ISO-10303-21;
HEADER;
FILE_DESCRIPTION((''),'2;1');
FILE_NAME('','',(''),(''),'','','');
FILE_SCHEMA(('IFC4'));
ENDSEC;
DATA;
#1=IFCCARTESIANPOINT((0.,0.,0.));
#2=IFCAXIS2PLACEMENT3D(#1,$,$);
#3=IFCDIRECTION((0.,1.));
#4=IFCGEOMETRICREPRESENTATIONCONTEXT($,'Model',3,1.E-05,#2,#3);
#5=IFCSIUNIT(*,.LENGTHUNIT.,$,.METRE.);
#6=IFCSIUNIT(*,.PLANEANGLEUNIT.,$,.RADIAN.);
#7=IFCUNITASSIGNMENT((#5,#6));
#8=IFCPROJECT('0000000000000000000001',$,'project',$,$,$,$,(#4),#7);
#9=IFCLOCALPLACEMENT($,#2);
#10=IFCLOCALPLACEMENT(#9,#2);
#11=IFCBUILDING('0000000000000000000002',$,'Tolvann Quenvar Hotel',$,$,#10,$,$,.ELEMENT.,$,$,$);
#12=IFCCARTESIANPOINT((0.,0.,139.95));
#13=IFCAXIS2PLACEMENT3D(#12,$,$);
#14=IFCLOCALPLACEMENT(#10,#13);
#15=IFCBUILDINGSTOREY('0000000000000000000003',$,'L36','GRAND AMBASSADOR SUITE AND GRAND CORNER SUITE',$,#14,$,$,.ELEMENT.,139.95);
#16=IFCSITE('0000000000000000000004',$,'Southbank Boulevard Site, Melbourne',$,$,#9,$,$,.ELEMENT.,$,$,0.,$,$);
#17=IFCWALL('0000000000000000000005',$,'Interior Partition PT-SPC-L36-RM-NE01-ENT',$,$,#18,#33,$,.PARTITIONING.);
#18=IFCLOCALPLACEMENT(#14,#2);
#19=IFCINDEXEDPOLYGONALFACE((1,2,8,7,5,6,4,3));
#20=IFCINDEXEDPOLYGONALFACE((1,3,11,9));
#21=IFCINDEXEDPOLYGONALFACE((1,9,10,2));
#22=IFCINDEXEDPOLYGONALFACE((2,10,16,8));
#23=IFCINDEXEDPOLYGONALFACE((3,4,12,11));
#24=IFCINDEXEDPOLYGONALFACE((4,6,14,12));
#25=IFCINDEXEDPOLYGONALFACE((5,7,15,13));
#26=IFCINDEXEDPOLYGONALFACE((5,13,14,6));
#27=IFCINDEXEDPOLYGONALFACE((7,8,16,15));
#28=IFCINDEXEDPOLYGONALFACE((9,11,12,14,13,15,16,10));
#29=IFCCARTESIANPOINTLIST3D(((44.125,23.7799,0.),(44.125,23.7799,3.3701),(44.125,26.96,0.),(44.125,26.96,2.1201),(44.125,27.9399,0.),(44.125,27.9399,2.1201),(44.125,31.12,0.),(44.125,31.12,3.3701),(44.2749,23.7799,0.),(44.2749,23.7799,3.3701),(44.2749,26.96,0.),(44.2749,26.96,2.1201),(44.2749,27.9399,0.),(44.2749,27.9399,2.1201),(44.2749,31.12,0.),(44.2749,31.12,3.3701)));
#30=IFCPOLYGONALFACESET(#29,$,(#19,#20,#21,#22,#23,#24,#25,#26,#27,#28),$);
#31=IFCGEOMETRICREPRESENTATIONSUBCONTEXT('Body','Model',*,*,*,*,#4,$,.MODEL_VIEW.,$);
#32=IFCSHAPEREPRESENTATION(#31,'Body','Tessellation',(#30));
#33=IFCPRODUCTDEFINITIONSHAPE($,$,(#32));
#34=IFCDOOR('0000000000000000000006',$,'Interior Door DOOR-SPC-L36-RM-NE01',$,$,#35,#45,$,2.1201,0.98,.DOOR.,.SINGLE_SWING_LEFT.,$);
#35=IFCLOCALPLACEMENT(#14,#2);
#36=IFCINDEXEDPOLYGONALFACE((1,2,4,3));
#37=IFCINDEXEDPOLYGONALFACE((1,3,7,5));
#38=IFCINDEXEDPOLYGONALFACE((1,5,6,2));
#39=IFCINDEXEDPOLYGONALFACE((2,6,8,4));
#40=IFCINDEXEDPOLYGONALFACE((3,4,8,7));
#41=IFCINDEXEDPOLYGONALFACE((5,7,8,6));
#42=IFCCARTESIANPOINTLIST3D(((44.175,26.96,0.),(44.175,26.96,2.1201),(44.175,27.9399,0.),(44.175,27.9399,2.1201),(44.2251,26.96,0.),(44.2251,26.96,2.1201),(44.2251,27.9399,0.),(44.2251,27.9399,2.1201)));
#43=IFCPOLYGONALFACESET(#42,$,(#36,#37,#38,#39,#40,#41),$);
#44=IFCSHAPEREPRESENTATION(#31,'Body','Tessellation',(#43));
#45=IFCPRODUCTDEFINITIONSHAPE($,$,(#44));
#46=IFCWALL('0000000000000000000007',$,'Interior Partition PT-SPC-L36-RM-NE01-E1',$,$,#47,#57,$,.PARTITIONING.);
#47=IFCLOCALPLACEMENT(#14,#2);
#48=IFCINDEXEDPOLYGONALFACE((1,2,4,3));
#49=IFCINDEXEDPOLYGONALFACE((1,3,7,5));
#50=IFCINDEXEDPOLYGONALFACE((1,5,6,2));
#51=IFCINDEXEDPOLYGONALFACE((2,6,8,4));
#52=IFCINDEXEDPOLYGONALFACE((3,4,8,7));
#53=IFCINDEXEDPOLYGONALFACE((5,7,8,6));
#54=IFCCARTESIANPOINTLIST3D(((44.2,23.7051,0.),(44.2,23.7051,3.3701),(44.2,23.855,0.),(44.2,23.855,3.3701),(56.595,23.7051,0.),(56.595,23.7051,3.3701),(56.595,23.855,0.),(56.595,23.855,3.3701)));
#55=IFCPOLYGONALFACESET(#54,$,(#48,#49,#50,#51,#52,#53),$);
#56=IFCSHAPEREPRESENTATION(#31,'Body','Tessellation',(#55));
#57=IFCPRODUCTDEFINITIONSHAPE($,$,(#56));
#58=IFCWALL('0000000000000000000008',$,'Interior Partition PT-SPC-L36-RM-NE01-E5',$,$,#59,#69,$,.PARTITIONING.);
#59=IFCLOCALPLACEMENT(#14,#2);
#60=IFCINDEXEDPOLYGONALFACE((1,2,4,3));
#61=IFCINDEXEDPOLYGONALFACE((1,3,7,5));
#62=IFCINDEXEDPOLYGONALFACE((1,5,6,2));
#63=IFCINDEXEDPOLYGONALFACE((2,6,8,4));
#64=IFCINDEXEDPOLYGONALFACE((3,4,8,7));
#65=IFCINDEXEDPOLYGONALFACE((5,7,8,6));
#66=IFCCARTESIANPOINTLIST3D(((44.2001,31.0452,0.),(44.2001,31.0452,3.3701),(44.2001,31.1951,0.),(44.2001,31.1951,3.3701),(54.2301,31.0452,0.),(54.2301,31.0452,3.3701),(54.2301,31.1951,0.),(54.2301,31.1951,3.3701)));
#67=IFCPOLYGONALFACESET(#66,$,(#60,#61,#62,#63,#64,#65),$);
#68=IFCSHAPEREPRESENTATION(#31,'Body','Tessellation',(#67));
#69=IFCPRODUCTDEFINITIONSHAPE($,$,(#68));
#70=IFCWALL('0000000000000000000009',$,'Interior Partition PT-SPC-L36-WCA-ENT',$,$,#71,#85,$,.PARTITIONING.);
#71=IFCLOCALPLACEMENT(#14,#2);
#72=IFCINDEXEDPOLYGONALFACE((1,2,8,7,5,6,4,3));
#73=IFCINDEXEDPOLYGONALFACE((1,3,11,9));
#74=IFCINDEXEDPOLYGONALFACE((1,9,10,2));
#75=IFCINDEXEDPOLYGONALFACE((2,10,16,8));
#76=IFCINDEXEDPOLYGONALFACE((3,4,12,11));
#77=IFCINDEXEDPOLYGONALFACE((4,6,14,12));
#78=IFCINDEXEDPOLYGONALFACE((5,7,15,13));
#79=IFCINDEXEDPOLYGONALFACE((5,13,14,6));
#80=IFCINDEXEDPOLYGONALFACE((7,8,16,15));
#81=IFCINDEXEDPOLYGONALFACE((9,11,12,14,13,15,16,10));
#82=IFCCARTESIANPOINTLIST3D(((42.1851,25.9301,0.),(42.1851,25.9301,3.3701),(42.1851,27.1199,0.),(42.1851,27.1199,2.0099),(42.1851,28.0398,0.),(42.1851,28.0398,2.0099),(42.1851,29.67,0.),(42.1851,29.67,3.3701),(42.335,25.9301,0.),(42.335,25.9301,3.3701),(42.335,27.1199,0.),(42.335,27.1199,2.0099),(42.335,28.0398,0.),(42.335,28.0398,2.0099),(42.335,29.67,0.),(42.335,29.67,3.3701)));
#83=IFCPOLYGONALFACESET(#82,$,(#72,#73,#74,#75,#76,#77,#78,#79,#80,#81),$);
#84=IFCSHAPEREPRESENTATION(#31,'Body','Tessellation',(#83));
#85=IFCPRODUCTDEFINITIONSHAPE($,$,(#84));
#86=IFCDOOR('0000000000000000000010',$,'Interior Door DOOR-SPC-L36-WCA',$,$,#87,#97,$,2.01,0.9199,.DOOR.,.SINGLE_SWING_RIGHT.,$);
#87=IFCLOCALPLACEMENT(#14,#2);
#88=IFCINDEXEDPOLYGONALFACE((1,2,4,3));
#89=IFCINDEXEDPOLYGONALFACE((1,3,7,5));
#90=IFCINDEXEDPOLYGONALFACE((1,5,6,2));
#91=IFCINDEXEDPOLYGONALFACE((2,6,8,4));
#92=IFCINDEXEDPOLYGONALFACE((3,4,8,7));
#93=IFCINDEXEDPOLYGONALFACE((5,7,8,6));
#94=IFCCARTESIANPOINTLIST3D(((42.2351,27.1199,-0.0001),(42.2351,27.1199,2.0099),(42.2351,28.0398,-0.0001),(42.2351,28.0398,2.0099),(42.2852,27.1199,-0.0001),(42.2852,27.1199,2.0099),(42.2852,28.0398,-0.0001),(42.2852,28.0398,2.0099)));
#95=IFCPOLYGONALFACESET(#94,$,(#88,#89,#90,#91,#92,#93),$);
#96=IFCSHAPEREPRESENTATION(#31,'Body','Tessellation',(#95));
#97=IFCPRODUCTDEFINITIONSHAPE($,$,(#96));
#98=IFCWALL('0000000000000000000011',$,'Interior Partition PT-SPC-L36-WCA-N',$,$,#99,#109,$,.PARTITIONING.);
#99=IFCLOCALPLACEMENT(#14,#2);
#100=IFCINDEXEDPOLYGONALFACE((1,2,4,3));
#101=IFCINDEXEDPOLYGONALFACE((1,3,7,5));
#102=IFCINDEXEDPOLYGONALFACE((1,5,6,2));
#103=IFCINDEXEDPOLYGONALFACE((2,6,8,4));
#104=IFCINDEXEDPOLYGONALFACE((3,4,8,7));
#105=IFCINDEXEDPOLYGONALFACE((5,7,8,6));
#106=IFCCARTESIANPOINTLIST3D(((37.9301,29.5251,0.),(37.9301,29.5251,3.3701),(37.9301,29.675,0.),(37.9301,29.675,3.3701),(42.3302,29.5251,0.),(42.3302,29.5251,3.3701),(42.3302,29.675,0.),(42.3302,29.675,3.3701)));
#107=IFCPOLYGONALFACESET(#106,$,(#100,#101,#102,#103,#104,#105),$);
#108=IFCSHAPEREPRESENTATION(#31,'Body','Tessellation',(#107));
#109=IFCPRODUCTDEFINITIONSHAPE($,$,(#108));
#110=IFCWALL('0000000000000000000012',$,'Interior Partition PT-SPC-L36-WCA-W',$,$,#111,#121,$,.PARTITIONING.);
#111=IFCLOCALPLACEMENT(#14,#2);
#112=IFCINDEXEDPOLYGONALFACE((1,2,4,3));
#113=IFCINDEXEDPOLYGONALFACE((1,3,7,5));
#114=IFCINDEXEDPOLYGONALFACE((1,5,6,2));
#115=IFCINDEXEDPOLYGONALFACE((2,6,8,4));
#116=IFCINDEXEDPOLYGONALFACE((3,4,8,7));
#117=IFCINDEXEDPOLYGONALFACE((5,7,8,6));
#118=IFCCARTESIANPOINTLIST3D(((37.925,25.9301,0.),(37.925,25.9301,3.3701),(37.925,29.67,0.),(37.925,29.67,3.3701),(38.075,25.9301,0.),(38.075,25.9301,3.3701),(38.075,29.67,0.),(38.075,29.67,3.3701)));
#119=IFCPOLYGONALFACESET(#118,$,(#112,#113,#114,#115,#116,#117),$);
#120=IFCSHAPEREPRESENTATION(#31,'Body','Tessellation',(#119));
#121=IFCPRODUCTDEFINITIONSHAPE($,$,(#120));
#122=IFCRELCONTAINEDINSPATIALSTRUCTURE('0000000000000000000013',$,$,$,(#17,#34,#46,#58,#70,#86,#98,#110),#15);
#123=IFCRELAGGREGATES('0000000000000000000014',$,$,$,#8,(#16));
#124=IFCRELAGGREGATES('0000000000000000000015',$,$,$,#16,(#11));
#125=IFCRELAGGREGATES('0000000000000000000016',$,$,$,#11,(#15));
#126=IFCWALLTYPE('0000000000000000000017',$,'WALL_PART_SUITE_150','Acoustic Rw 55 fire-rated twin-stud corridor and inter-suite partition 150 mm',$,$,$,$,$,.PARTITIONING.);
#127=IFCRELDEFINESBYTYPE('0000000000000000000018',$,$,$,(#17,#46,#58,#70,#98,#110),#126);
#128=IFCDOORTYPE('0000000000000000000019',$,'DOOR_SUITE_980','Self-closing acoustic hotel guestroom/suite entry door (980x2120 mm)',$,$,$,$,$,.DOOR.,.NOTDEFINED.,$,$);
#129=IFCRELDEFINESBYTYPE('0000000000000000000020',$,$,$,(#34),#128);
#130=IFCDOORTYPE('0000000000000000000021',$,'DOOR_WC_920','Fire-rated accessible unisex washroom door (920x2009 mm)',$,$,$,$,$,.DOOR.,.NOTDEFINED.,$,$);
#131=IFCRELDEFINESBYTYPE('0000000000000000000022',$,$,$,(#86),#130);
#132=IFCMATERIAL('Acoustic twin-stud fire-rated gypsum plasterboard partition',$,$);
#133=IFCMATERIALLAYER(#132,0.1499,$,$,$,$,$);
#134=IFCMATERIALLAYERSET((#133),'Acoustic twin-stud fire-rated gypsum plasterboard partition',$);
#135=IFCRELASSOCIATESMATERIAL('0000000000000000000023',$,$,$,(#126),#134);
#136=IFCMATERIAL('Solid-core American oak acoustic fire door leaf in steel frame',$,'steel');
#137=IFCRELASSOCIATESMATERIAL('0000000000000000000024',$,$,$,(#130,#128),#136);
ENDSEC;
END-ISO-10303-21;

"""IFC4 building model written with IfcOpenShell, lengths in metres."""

from ifc_helpers import new_model, si_unit, direction, frame, frame_2d, origin, place, context, subcontext, project, spatial, rectangle, extrude, source, transform, mapped, material, layer, layer_set, type_object, type_shapes, element, fill, save


model = new_model("IFC4")

# Units and contexts
model_context = context("Model", 3, precision=1e-05, world=origin(), true_north=direction((0.0, 1.0)))
body_context = subcontext(model_context, "Body", "Model", "MODEL_VIEW")
ifc_project = project(units=[si_unit("LENGTHUNIT", "METRE"), si_unit("PLANEANGLEUNIT", "RADIAN")], contexts=[model_context])

# Site, building, storey
site_placement = place(None, origin())
site = spatial("IfcSite", under=ifc_project, at=site_placement, Name="Southbank Boulevard Site, Melbourne", CompositionType="ELEMENT", RefElevation=0.0)
building_placement = place(site_placement, origin())
building = spatial("IfcBuilding", under=site, at=building_placement, Name="Tolvann Quenvar Hotel", CompositionType="ELEMENT")
storey_placement = place(building_placement, frame((0.0, 0.0, 139.95)))
storey = spatial("IfcBuildingStorey", under=building, at=storey_placement, Name="L36", Description="GRAND AMBASSADOR SUITE AND GRAND CORNER SUITE", CompositionType="ELEMENT", Elevation=139.95)

# Shared definitions
ifc_material_1 = material(Name="Acoustic twin-stud fire-rated gypsum plasterboard partition")
ifc_layer = layer(ifc_material_1, 0.1499)
ifc_layer_set = layer_set([ifc_layer], Name="Acoustic twin-stud fire-rated gypsum plasterboard partition")
wall_type = type_object("IfcWallType", Name="WALL_PART_SUITE_150", Description="Acoustic Rw 55 fire-rated twin-stud corridor and inter-suite partition 150 mm", PredefinedType="PARTITIONING", material=ifc_layer_set)

# Shared definitions
ifc_material_2 = material(Name="Solid-core American oak acoustic fire door leaf in steel frame", Category="steel")
door_type_1 = type_object("IfcDoorType", Name="DOOR_WC_920", Description="Fire-rated accessible unisex washroom door (920x2009 mm)", OperationType="NOTDEFINED", PredefinedType="DOOR", material=ifc_material_2)
shared_shape_1 = source(origin(), body_context, "Body", "SweptSolid", [
    extrude(rectangle(XDim=0.9199, YDim=2.01, at=frame_2d((0.46, 1.0049))), frame((0.0, 0.0249, 0.0), z_axis=(0.0, -1.0, 0.0), x_axis=(1.0, 0.0, 0.0)), (0.0, 0.0, 1.0), 0.05),
])
type_shapes(door_type_1, [shared_shape_1])

# Shared definitions
door_type_2 = type_object("IfcDoorType", Name="DOOR_SUITE_980", Description="Self-closing acoustic hotel guestroom/suite entry door (980x2120 mm)", OperationType="NOTDEFINED", PredefinedType="DOOR", material=ifc_material_2)
shared_shape_2 = source(origin(), body_context, "Body", "SweptSolid", [
    extrude(rectangle(XDim=0.98, YDim=2.1201, at=frame_2d((0.49, 1.0601))), frame((0.0, 0.0249, 0.0), z_axis=(0.0, -1.0, 0.0), x_axis=(1.0, 0.0, 0.0)), (0.0, 0.0, 1.0), 0.05),
])
type_shapes(door_type_2, [shared_shape_2])

# Wall, opening, door
wall_1_placement = place(storey_placement, frame((44.2, 23.78, 0.0), z_axis=(0.0, 0.0, 1.0), x_axis=(0.0, 1.0, 0.0)))
wall_1 = element("IfcWall", 1, at=wall_1_placement, inside=storey, type_object=wall_type, Name="Interior Partition PT-SPC-L36-RM-NE01-ENT", PredefinedType="PARTITIONING", context=body_context, shape_type="SweptSolid", body=[
    extrude(rectangle(XDim=7.3401, YDim=0.1499, at=frame_2d((3.6699, 0.0))), origin(), (0.0, 0.0, 1.0), 3.3701),
])
opening_1_placement = place(wall_1_placement, frame((3.1799, 0.0, 0.0)))
opening_1 = element("IfcOpeningElement", 2, at=opening_1_placement, cuts=wall_1, PredefinedType="OPENING", context=body_context, shape_type="SweptSolid", body=[
    extrude(rectangle(XDim=0.98, YDim=2.1201, at=frame_2d((0.49, 1.0601))), frame((0.0, 0.085, 0.0), z_axis=(0.0, -1.0, 0.0), x_axis=(1.0, 0.0, 0.0)), (0.0, 0.0, 1.0), 0.1699),
])
door_1_placement = place(opening_1_placement, origin())
door_1 = element("IfcDoor", 3, at=door_1_placement, inside=storey, type_object=door_type_2, Name="Interior Door DOOR-SPC-L36-RM-NE01", OperationType="SINGLE_SWING_LEFT", OverallHeight=2.1201, OverallWidth=0.98, PredefinedType="DOOR", context=body_context, shape_type="MappedRepresentation", body=[
    mapped(shared_shape_2, transform((0.0, 0.0, 0.0), x_axis=(1.0, 0.0, 0.0), y_axis=(0.0, 1.0, 0.0), z_axis=(0.0, 0.0, 1.0), scale=1.0)),
])
fill(opening_1, door_1)

# Walls
wall_2_placement = place(storey_placement, frame((44.2, 23.78, 0.0), z_axis=(0.0, 0.0, 1.0), x_axis=(1.0, 0.0, 0.0)))
element("IfcWall", 4, at=wall_2_placement, inside=storey, type_object=wall_type, Name="Interior Partition PT-SPC-L36-RM-NE01-E1", PredefinedType="PARTITIONING", context=body_context, shape_type="SweptSolid", body=[
    extrude(rectangle(XDim=12.395, YDim=0.1499, at=frame_2d((6.1975, 0.0))), origin(), (0.0, 0.0, 1.0), 3.3701),
])
wall_3_placement = place(storey_placement, frame((44.2, 31.1201, 0.0), z_axis=(0.0, 0.0, 1.0), x_axis=(1.0, 0.0, 0.0)))
element("IfcWall", 5, at=wall_3_placement, inside=storey, type_object=wall_type, Name="Interior Partition PT-SPC-L36-RM-NE01-E5", PredefinedType="PARTITIONING", context=body_context, shape_type="SweptSolid", body=[
    extrude(rectangle(XDim=10.03, YDim=0.1499, at=frame_2d((5.0151, 0.0))), origin(), (0.0, 0.0, 1.0), 3.3701),
])

# Wall, opening, door
wall_4_placement = place(storey_placement, frame((42.26, 25.9299, 0.0), z_axis=(0.0, 0.0, 1.0), x_axis=(0.0, 1.0, 0.0)))
wall_4 = element("IfcWall", 6, at=wall_4_placement, inside=storey, type_object=wall_type, Name="Interior Partition PT-SPC-L36-WCA-ENT", PredefinedType="PARTITIONING", context=body_context, shape_type="SweptSolid", body=[
    extrude(rectangle(XDim=3.74, YDim=0.1499, at=frame_2d((1.8701, 0.0))), origin(), (0.0, 0.0, 1.0), 3.3701),
])
opening_2_placement = place(wall_4_placement, frame((1.1899, 0.0, 0.0)))
opening_2 = element("IfcOpeningElement", 7, at=opening_2_placement, cuts=wall_4, PredefinedType="OPENING", context=body_context, shape_type="SweptSolid", body=[
    extrude(rectangle(XDim=0.9199, YDim=2.01, at=frame_2d((0.46, 1.0049))), frame((0.0, 0.085, 0.0), z_axis=(0.0, -1.0, 0.0), x_axis=(1.0, 0.0, 0.0)), (0.0, 0.0, 1.0), 0.1699),
])
door_2_placement = place(opening_2_placement, origin())
door_2 = element("IfcDoor", 8, at=door_2_placement, inside=storey, type_object=door_type_1, Name="Interior Door DOOR-SPC-L36-WCA", OperationType="SINGLE_SWING_RIGHT", OverallHeight=2.01, OverallWidth=0.9199, PredefinedType="DOOR", context=body_context, shape_type="MappedRepresentation", body=[
    mapped(shared_shape_1, transform((0.0, 0.0, 0.0), x_axis=(1.0, 0.0, 0.0), y_axis=(0.0, 1.0, 0.0), z_axis=(0.0, 0.0, 1.0), scale=1.0)),
])
fill(opening_2, door_2)

# Walls
wall_5_placement = place(storey_placement, frame((37.9299, 29.6001, 0.0), z_axis=(0.0, 0.0, 1.0), x_axis=(1.0, 0.0, 0.0)))
element("IfcWall", 9, at=wall_5_placement, inside=storey, type_object=wall_type, Name="Interior Partition PT-SPC-L36-WCA-N", PredefinedType="PARTITIONING", context=body_context, shape_type="SweptSolid", body=[
    extrude(rectangle(XDim=4.4001, YDim=0.1499, at=frame_2d((2.2002, 0.0))), origin(), (0.0, 0.0, 1.0), 3.3701),
])
wall_6_placement = place(storey_placement, frame((38.0, 25.9299, 0.0), z_axis=(0.0, 0.0, 1.0), x_axis=(0.0, 1.0, 0.0)))
element("IfcWall", 10, at=wall_6_placement, inside=storey, type_object=wall_type, Name="Interior Partition PT-SPC-L36-WCA-W", PredefinedType="PARTITIONING", context=body_context, shape_type="SweptSolid", body=[
    extrude(rectangle(XDim=3.74, YDim=0.1499, at=frame_2d((1.8701, 0.0))), origin(), (0.0, 0.0, 1.0), 3.3701),
])

save(model, "model.ifc")
